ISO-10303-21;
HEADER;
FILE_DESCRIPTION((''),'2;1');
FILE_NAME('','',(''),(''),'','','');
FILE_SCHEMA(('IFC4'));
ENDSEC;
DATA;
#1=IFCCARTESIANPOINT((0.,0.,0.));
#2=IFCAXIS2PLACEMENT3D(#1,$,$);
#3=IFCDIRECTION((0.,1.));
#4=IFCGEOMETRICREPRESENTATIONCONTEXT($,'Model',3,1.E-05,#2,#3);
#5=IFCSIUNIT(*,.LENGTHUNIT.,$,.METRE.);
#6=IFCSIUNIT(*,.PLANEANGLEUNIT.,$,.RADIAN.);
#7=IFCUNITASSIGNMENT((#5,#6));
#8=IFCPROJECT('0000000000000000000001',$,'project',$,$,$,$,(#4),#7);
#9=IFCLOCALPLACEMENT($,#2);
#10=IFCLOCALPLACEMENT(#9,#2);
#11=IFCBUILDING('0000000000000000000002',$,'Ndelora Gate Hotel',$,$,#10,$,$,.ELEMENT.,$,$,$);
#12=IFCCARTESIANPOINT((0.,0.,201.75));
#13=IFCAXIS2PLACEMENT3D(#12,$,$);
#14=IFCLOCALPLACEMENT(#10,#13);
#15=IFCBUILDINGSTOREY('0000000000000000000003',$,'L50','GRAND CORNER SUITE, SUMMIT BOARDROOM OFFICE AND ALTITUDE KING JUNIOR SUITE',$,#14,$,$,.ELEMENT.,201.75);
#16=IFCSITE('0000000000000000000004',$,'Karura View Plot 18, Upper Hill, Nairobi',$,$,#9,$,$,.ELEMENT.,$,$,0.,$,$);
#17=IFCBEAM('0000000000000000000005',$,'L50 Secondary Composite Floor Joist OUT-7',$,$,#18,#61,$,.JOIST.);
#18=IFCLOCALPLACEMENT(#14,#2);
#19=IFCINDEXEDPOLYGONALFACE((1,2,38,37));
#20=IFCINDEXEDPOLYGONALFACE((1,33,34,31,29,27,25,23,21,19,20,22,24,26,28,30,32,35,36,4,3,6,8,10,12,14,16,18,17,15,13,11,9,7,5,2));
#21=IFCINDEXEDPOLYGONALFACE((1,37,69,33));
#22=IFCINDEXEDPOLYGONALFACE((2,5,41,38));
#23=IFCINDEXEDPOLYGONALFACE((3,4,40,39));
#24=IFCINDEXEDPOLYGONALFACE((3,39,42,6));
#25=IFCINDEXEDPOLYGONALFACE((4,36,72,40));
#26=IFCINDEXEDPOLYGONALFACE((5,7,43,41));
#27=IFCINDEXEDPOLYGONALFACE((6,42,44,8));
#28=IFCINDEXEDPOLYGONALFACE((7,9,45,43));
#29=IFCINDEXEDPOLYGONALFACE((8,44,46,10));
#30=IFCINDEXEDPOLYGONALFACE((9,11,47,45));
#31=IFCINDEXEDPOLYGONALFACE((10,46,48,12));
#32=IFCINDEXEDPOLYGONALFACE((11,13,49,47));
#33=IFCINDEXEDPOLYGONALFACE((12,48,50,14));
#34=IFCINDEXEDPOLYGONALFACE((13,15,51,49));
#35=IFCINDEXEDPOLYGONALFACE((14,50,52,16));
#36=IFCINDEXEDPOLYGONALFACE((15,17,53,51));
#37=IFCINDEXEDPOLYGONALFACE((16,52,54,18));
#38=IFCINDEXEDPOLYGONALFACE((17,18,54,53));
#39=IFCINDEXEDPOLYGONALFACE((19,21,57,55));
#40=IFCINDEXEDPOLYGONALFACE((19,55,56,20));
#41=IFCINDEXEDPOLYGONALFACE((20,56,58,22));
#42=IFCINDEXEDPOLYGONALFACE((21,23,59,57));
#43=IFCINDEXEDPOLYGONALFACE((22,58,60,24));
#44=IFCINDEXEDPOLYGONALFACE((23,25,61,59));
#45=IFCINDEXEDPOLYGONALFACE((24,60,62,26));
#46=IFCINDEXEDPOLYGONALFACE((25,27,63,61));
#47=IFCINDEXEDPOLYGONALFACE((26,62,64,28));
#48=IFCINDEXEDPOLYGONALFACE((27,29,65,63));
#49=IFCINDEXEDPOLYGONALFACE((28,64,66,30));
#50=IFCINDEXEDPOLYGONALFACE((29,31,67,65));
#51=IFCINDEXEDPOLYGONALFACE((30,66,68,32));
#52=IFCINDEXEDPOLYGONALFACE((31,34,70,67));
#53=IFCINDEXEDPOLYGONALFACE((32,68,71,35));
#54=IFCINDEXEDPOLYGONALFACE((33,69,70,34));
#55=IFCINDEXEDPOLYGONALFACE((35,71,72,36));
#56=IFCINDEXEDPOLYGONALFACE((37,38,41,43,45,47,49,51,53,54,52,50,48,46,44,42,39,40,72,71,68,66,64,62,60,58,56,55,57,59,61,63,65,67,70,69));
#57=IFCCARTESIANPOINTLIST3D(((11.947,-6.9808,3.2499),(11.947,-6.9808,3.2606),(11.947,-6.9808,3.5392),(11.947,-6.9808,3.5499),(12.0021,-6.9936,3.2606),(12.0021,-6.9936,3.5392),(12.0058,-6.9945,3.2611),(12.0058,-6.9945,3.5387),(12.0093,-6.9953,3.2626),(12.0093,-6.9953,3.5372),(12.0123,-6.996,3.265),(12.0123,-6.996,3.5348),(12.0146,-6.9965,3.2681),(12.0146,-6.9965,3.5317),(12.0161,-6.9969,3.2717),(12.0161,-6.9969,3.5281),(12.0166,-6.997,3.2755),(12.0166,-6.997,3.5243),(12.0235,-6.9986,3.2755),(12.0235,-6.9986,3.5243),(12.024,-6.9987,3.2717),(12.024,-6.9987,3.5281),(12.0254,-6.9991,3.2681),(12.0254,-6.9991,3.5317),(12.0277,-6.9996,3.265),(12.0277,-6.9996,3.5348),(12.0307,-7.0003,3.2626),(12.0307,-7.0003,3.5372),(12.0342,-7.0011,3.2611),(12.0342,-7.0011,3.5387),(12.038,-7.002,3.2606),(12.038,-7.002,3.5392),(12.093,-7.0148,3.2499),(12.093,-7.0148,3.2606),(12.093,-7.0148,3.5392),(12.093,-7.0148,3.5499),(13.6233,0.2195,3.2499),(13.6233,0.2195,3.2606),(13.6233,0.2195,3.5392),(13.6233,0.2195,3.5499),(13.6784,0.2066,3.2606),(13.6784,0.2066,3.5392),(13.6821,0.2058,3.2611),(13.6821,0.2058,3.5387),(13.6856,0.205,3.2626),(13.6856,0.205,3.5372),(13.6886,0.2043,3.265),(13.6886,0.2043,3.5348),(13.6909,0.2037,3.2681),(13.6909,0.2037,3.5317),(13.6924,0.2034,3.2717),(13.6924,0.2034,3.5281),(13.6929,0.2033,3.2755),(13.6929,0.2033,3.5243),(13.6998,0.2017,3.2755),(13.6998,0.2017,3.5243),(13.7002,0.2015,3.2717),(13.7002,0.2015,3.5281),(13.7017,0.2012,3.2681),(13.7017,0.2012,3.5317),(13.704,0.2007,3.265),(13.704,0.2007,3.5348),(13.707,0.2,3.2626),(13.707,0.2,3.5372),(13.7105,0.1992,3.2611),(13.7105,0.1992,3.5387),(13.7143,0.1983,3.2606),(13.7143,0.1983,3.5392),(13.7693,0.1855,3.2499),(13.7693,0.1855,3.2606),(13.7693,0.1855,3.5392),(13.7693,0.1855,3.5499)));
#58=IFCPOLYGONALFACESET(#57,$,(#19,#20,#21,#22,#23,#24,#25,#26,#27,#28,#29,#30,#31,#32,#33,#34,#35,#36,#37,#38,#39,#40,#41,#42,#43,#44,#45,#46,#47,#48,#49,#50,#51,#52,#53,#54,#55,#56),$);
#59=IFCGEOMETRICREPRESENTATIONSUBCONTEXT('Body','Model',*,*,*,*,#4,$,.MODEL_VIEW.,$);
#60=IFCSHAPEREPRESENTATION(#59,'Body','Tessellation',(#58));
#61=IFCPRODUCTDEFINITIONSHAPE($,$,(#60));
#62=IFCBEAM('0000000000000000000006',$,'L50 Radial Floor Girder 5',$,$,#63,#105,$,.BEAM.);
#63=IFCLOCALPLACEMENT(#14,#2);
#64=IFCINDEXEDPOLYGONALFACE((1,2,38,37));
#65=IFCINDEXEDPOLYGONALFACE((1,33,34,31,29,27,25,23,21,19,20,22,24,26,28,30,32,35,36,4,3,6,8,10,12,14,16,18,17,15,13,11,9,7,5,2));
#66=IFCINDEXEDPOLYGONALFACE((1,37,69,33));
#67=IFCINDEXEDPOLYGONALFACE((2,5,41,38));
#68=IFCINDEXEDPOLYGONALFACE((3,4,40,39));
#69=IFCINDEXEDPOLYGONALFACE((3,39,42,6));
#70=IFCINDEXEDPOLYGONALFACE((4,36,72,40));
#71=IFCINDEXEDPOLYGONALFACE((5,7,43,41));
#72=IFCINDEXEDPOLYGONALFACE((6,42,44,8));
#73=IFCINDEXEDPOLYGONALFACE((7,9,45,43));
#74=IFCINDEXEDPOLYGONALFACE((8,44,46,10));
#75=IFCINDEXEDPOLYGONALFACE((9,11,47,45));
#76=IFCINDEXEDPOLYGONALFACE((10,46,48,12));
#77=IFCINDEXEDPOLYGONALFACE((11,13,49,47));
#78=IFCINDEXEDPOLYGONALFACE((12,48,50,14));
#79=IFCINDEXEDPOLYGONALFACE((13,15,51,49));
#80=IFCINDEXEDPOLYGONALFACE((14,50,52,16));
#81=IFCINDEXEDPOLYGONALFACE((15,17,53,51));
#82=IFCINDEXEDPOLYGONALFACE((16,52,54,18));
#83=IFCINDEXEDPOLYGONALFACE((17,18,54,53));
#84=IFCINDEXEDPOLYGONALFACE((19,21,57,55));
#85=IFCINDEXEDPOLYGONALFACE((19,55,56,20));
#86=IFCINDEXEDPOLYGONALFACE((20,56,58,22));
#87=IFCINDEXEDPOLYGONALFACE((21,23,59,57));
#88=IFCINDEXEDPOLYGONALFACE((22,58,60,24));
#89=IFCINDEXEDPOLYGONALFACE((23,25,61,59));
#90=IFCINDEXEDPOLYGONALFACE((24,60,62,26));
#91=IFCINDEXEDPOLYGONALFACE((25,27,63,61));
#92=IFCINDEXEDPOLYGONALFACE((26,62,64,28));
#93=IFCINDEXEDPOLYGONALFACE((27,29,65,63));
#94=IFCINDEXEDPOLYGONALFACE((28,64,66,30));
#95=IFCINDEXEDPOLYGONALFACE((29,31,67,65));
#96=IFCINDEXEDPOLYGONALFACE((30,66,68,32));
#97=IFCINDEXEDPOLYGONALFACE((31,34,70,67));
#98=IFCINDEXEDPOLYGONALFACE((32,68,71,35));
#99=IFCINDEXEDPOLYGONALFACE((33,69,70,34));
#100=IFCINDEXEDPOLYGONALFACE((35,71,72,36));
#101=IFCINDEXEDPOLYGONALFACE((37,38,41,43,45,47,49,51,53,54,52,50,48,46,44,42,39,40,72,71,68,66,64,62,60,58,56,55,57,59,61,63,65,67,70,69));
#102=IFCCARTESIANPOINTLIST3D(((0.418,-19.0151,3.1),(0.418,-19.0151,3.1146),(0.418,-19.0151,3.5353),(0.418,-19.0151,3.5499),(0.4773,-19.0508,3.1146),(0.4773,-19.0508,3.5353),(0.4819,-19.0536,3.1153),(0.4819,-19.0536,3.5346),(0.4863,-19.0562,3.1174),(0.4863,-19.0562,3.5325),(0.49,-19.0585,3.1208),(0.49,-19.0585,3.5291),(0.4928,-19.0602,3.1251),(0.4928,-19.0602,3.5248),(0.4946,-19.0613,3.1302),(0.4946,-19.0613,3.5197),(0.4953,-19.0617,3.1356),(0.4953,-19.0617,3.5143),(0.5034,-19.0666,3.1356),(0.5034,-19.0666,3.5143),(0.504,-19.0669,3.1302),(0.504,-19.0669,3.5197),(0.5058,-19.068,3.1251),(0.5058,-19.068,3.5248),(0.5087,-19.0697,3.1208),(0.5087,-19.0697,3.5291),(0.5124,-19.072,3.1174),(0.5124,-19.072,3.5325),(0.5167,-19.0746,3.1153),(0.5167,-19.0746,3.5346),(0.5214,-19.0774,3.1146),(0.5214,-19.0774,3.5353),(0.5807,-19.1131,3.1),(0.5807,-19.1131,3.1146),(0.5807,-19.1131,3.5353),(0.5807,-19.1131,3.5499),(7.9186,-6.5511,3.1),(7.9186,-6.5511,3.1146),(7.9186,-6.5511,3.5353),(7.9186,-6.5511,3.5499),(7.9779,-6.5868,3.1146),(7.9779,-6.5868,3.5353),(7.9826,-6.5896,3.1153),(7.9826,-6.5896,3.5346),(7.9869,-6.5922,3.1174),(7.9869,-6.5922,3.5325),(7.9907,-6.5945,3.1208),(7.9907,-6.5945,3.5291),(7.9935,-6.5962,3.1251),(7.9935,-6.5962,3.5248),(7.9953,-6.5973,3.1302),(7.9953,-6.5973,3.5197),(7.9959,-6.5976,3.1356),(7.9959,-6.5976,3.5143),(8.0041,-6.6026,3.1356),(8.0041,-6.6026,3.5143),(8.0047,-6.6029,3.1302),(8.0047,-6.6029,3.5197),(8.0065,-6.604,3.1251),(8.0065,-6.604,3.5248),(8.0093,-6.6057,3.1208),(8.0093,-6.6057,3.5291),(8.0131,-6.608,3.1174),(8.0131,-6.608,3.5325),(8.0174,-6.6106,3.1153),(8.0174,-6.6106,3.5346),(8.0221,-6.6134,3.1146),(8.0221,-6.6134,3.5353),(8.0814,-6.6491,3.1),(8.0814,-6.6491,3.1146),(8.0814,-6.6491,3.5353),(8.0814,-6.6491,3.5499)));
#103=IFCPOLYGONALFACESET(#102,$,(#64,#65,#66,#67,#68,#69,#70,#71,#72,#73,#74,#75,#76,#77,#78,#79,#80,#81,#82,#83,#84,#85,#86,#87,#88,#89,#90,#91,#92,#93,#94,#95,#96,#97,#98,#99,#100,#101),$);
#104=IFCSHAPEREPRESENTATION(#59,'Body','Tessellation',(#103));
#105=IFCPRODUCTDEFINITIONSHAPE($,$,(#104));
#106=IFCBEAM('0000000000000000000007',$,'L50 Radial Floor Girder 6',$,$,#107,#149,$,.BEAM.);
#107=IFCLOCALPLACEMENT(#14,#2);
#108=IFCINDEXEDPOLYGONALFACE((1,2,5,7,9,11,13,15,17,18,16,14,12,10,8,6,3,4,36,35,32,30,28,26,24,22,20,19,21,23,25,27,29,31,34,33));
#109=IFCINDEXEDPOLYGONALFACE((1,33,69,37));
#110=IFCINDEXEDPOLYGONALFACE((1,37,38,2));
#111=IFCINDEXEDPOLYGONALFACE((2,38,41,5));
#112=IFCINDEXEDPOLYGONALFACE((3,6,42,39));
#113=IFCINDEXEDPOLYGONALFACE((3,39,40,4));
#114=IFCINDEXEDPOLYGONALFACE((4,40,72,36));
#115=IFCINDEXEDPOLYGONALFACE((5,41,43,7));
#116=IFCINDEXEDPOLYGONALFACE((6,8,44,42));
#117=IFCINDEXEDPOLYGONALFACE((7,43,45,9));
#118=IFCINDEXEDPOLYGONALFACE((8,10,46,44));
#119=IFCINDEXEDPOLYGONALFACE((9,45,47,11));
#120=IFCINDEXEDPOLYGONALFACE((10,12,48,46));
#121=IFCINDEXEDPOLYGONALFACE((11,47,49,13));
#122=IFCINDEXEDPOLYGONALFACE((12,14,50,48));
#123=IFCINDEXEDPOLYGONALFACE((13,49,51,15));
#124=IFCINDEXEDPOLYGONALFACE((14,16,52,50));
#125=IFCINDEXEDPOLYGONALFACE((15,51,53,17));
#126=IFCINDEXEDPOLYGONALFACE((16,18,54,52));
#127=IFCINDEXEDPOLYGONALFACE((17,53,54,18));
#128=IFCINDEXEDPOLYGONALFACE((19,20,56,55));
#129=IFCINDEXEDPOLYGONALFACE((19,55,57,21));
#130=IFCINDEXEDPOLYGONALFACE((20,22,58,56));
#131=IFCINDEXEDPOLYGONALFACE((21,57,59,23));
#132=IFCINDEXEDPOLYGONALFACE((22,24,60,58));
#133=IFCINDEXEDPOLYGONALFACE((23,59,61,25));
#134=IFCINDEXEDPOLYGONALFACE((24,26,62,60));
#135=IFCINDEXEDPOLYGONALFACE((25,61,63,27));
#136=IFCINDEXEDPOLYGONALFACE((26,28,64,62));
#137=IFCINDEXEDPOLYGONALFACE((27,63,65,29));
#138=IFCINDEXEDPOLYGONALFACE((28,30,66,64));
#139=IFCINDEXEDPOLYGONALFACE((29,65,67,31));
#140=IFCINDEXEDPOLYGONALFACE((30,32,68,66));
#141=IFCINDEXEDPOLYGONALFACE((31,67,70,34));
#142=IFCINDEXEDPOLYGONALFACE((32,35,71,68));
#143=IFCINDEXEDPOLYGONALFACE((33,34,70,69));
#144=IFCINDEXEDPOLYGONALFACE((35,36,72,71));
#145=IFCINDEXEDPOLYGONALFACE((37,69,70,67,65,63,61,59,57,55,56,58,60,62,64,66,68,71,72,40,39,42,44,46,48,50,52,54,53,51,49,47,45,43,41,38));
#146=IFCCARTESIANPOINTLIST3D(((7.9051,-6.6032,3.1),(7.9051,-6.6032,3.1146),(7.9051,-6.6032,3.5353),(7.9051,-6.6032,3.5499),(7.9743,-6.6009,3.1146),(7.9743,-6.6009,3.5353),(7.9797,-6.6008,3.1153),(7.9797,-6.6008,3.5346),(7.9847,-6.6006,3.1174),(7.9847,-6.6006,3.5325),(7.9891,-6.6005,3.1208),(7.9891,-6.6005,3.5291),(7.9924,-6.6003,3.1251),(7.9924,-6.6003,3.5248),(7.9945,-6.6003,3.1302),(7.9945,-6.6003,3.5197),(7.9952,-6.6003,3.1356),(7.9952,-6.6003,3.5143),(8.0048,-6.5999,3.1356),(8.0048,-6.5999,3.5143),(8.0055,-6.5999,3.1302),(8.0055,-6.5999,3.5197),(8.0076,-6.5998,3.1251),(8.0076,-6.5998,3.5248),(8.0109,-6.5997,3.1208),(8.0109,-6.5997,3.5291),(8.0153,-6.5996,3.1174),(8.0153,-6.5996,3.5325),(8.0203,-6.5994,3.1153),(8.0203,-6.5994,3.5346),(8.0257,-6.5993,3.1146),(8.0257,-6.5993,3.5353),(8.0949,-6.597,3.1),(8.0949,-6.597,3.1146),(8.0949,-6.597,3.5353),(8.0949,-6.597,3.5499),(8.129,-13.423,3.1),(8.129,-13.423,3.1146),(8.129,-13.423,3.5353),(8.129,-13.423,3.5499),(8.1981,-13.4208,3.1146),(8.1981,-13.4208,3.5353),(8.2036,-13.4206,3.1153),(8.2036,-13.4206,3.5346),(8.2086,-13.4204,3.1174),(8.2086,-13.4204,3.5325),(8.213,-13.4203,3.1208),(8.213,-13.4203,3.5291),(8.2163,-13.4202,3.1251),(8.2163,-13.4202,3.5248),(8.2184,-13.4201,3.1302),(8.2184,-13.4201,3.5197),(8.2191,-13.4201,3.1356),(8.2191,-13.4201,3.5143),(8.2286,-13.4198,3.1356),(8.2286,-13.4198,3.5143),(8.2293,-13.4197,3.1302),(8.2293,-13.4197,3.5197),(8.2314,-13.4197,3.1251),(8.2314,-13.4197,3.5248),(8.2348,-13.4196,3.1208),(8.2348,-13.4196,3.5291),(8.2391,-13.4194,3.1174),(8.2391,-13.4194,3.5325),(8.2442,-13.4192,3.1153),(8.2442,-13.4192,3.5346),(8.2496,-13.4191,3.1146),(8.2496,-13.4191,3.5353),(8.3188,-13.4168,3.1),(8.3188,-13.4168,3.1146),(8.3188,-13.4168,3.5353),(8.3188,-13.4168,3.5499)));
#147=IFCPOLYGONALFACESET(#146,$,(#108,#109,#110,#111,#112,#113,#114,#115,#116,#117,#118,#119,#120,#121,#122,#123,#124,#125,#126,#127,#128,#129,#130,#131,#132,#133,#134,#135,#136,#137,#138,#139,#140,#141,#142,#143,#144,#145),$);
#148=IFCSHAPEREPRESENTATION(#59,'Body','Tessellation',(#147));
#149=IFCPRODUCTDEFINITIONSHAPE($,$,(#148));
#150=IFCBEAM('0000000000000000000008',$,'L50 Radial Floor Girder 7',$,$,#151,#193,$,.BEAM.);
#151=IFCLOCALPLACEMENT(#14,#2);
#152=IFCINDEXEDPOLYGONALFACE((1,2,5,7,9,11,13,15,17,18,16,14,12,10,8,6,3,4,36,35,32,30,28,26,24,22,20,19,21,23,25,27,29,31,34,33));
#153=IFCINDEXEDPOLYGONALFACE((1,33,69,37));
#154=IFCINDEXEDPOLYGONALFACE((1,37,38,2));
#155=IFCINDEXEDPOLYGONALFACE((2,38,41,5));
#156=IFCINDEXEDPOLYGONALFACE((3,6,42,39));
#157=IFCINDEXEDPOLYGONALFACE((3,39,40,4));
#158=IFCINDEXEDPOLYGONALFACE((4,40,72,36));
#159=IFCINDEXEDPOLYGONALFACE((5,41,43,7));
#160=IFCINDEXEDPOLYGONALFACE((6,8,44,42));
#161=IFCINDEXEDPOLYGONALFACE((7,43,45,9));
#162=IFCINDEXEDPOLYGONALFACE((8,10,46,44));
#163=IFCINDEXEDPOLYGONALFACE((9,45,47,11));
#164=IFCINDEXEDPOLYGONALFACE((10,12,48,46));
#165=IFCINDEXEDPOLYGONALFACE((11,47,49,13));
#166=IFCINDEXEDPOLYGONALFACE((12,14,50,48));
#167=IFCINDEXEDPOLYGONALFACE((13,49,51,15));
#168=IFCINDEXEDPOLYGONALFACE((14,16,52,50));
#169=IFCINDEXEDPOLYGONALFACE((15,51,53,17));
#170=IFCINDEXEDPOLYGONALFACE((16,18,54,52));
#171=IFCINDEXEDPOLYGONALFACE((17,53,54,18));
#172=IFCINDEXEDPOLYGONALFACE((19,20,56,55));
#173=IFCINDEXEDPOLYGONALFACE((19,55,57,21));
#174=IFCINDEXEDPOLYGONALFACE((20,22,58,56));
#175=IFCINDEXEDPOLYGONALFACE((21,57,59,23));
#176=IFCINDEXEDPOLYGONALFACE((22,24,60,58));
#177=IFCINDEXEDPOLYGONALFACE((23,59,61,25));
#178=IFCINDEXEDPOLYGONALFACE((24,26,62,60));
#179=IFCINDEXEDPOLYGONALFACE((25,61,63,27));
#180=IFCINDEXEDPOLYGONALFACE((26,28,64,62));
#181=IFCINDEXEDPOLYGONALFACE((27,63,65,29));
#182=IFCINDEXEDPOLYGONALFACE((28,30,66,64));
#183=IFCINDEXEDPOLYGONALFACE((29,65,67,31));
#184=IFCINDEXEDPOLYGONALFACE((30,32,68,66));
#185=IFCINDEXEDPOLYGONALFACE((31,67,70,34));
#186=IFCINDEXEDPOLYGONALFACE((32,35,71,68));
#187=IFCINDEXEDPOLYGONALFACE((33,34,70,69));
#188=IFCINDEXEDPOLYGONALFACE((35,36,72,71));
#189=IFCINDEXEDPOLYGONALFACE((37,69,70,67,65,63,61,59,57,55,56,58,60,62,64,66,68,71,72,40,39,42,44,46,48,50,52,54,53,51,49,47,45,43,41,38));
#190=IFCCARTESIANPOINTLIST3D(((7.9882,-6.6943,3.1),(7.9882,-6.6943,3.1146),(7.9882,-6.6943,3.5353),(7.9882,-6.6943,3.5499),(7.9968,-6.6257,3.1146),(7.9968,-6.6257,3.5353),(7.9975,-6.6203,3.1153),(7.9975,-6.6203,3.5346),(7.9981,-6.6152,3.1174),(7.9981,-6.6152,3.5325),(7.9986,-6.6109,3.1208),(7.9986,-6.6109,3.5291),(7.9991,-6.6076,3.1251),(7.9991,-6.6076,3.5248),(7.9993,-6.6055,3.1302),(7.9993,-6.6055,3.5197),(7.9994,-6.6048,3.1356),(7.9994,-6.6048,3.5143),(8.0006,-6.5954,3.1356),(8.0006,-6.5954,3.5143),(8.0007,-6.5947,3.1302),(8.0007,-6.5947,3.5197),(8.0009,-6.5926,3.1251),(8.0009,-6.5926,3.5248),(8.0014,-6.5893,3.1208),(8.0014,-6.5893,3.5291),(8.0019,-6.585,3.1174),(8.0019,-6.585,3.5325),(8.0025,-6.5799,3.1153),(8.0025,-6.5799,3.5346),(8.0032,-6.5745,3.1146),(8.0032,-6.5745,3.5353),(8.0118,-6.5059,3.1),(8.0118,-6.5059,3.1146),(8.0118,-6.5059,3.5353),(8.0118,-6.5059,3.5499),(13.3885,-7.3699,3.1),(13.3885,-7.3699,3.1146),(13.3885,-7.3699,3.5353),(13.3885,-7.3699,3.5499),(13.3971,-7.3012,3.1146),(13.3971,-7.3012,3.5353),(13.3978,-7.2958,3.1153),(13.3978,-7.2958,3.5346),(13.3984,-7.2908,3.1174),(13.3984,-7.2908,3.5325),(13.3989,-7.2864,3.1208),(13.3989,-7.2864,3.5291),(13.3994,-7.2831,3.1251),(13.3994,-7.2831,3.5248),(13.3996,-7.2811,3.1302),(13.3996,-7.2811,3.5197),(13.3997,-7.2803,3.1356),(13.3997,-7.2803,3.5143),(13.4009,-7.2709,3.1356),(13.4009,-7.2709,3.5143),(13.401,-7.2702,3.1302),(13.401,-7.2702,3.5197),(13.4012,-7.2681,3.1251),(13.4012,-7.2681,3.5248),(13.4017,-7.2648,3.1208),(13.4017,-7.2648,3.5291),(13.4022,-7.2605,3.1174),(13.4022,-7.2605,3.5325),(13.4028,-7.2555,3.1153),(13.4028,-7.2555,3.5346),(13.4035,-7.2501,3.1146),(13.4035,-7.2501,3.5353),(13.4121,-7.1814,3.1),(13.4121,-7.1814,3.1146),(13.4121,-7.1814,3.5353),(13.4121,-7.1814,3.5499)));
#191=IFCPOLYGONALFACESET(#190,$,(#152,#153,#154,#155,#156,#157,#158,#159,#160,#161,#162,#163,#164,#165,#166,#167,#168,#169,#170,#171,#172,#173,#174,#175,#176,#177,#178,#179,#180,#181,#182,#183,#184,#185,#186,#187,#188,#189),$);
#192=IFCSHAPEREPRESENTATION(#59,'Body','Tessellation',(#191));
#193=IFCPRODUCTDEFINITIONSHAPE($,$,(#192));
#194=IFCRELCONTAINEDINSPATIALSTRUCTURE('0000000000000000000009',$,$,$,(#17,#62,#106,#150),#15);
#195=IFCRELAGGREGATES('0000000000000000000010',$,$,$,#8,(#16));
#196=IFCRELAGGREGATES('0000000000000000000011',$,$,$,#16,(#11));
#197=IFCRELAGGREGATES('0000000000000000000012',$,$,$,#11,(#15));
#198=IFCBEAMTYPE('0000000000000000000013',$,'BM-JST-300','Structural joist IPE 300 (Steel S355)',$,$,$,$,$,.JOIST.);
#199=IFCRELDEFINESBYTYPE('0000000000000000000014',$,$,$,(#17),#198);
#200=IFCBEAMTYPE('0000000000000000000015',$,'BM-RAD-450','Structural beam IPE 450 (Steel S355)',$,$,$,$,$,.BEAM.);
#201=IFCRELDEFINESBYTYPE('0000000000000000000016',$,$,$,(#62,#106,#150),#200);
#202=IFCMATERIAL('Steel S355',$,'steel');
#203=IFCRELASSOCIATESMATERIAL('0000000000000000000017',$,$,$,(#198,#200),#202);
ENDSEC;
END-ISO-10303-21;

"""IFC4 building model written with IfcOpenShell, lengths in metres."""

from ifc_helpers import new_model, si_unit, direction, frame, origin, origin_2d, place, context, subcontext, project, spatial, i_section, extrude, material, material_profile, profile_set, type_object, element, save


model = new_model("IFC4")

# Units and contexts
model_context = context("Model", 3, precision=1e-05, world=origin(), true_north=direction((0.0, 1.0)))
body_context = subcontext(model_context, "Body", "Model", "MODEL_VIEW")
ifc_project = project(units=[si_unit("LENGTHUNIT", "METRE"), si_unit("PLANEANGLEUNIT", "RADIAN")], contexts=[model_context])

# Site, building, storey
site_placement = place(None, origin())
site = spatial("IfcSite", under=ifc_project, at=site_placement, Name="Karura View Plot 18, Upper Hill, Nairobi", CompositionType="ELEMENT", RefElevation=0.0)
building_placement = place(site_placement, origin())
building = spatial("IfcBuilding", under=site, at=building_placement, Name="Ndelora Gate Hotel", CompositionType="ELEMENT")
storey_placement = place(building_placement, frame((0.0, 0.0, 201.75)))
storey = spatial("IfcBuildingStorey", under=building, at=storey_placement, Name="L50", Description="GRAND CORNER SUITE, SUMMIT BOARDROOM OFFICE AND ALTITUDE KING JUNIOR SUITE", CompositionType="ELEMENT", Elevation=201.75)

# Beams
ifc_material_1 = material(Name="Steel S355", Category="steel")
ifc_material_profile_1 = material_profile(ifc_material_1, i_section(OverallWidth=0.1499, OverallDepth=0.3, WebThickness=0.0071, FlangeThickness=0.0107, FilletRadius=0.0149, at=origin_2d()), Name="IPE 300")
ifc_profile_set_1 = profile_set([ifc_material_profile_1], Name="Steel S355")
beam_type_1 = type_object("IfcBeamType", Name="BM-JST-300", Description="Structural joist IPE 300 (Steel S355)", PredefinedType="JOIST", material=ifc_profile_set_1)
beam_1_placement = place(storey_placement, frame((12.02, -6.9978, 3.3999), z_axis=(0.226745, 0.973954, 0.0), x_axis=(-0.973954, 0.226745, 0.0)))
element("IfcBeam", 1, at=beam_1_placement, inside=storey, type_object=beam_type_1, Name="L50 Secondary Composite Floor Joist OUT-7", PredefinedType="JOIST", context=body_context, shape_type="SweptSolid", body=[
    extrude(i_section(OverallWidth=0.1499, OverallDepth=0.3, WebThickness=0.0071, FlangeThickness=0.0107, FilletRadius=0.0149, at=origin_2d()), origin(), (0.0, 0.0, 1.0), 7.3928),
])
ifc_material_profile_2 = material_profile(ifc_material_1, i_section(OverallWidth=0.1899, OverallDepth=0.45, WebThickness=0.0095, FlangeThickness=0.0146, FilletRadius=0.021, at=origin_2d()), Name="IPE 450")
ifc_profile_set_2 = profile_set([ifc_material_profile_2], Name="Steel S355")
beam_type_2 = type_object("IfcBeamType", Name="BM-RAD-450", Description="Structural beam IPE 450 (Steel S355)", PredefinedType="BEAM", material=ifc_profile_set_2)
beam_2_placement = place(storey_placement, frame((8.0, -6.6001, 3.325), z_axis=(-0.515621, -0.856817, 0.0), x_axis=(0.856817, -0.515621, 0.0)))
element("IfcBeam", 2, at=beam_2_placement, inside=storey, type_object=beam_type_2, Name="L50 Radial Floor Girder 5", PredefinedType="BEAM", context=body_context, shape_type="SweptSolid", body=[
    extrude(i_section(OverallWidth=0.1899, OverallDepth=0.45, WebThickness=0.0095, FlangeThickness=0.0146, FilletRadius=0.021, at=origin_2d()), origin(), (0.0, 0.0, 1.0), 14.5469),
])
beam_3_placement = place(storey_placement, frame((8.0, -6.6001, 3.325), z_axis=(0.03281, -0.999462, 0.0), x_axis=(0.999462, 0.03281, 0.0)))
element("IfcBeam", 3, at=beam_3_placement, inside=storey, type_object=beam_type_2, Name="L50 Radial Floor Girder 6", PredefinedType="BEAM", context=body_context, shape_type="SweptSolid", body=[
    extrude(i_section(OverallWidth=0.1899, OverallDepth=0.45, WebThickness=0.0095, FlangeThickness=0.0146, FilletRadius=0.021, at=origin_2d()), origin(), (0.0, 0.0, 1.0), 6.8235),
])
beam_4_placement = place(storey_placement, frame((8.0, -6.6001, 3.325), z_axis=(0.992267, -0.124123, 0.0), x_axis=(0.124123, 0.992267, 0.0)))
element("IfcBeam", 4, at=beam_4_placement, inside=storey, type_object=beam_type_2, Name="L50 Radial Floor Girder 7", PredefinedType="BEAM", context=body_context, shape_type="SweptSolid", body=[
    extrude(i_section(OverallWidth=0.1899, OverallDepth=0.45, WebThickness=0.0095, FlangeThickness=0.0146, FilletRadius=0.021, at=origin_2d()), origin(), (0.0, 0.0, 1.0), 5.4424),
])

save(model, "model.ifc")
